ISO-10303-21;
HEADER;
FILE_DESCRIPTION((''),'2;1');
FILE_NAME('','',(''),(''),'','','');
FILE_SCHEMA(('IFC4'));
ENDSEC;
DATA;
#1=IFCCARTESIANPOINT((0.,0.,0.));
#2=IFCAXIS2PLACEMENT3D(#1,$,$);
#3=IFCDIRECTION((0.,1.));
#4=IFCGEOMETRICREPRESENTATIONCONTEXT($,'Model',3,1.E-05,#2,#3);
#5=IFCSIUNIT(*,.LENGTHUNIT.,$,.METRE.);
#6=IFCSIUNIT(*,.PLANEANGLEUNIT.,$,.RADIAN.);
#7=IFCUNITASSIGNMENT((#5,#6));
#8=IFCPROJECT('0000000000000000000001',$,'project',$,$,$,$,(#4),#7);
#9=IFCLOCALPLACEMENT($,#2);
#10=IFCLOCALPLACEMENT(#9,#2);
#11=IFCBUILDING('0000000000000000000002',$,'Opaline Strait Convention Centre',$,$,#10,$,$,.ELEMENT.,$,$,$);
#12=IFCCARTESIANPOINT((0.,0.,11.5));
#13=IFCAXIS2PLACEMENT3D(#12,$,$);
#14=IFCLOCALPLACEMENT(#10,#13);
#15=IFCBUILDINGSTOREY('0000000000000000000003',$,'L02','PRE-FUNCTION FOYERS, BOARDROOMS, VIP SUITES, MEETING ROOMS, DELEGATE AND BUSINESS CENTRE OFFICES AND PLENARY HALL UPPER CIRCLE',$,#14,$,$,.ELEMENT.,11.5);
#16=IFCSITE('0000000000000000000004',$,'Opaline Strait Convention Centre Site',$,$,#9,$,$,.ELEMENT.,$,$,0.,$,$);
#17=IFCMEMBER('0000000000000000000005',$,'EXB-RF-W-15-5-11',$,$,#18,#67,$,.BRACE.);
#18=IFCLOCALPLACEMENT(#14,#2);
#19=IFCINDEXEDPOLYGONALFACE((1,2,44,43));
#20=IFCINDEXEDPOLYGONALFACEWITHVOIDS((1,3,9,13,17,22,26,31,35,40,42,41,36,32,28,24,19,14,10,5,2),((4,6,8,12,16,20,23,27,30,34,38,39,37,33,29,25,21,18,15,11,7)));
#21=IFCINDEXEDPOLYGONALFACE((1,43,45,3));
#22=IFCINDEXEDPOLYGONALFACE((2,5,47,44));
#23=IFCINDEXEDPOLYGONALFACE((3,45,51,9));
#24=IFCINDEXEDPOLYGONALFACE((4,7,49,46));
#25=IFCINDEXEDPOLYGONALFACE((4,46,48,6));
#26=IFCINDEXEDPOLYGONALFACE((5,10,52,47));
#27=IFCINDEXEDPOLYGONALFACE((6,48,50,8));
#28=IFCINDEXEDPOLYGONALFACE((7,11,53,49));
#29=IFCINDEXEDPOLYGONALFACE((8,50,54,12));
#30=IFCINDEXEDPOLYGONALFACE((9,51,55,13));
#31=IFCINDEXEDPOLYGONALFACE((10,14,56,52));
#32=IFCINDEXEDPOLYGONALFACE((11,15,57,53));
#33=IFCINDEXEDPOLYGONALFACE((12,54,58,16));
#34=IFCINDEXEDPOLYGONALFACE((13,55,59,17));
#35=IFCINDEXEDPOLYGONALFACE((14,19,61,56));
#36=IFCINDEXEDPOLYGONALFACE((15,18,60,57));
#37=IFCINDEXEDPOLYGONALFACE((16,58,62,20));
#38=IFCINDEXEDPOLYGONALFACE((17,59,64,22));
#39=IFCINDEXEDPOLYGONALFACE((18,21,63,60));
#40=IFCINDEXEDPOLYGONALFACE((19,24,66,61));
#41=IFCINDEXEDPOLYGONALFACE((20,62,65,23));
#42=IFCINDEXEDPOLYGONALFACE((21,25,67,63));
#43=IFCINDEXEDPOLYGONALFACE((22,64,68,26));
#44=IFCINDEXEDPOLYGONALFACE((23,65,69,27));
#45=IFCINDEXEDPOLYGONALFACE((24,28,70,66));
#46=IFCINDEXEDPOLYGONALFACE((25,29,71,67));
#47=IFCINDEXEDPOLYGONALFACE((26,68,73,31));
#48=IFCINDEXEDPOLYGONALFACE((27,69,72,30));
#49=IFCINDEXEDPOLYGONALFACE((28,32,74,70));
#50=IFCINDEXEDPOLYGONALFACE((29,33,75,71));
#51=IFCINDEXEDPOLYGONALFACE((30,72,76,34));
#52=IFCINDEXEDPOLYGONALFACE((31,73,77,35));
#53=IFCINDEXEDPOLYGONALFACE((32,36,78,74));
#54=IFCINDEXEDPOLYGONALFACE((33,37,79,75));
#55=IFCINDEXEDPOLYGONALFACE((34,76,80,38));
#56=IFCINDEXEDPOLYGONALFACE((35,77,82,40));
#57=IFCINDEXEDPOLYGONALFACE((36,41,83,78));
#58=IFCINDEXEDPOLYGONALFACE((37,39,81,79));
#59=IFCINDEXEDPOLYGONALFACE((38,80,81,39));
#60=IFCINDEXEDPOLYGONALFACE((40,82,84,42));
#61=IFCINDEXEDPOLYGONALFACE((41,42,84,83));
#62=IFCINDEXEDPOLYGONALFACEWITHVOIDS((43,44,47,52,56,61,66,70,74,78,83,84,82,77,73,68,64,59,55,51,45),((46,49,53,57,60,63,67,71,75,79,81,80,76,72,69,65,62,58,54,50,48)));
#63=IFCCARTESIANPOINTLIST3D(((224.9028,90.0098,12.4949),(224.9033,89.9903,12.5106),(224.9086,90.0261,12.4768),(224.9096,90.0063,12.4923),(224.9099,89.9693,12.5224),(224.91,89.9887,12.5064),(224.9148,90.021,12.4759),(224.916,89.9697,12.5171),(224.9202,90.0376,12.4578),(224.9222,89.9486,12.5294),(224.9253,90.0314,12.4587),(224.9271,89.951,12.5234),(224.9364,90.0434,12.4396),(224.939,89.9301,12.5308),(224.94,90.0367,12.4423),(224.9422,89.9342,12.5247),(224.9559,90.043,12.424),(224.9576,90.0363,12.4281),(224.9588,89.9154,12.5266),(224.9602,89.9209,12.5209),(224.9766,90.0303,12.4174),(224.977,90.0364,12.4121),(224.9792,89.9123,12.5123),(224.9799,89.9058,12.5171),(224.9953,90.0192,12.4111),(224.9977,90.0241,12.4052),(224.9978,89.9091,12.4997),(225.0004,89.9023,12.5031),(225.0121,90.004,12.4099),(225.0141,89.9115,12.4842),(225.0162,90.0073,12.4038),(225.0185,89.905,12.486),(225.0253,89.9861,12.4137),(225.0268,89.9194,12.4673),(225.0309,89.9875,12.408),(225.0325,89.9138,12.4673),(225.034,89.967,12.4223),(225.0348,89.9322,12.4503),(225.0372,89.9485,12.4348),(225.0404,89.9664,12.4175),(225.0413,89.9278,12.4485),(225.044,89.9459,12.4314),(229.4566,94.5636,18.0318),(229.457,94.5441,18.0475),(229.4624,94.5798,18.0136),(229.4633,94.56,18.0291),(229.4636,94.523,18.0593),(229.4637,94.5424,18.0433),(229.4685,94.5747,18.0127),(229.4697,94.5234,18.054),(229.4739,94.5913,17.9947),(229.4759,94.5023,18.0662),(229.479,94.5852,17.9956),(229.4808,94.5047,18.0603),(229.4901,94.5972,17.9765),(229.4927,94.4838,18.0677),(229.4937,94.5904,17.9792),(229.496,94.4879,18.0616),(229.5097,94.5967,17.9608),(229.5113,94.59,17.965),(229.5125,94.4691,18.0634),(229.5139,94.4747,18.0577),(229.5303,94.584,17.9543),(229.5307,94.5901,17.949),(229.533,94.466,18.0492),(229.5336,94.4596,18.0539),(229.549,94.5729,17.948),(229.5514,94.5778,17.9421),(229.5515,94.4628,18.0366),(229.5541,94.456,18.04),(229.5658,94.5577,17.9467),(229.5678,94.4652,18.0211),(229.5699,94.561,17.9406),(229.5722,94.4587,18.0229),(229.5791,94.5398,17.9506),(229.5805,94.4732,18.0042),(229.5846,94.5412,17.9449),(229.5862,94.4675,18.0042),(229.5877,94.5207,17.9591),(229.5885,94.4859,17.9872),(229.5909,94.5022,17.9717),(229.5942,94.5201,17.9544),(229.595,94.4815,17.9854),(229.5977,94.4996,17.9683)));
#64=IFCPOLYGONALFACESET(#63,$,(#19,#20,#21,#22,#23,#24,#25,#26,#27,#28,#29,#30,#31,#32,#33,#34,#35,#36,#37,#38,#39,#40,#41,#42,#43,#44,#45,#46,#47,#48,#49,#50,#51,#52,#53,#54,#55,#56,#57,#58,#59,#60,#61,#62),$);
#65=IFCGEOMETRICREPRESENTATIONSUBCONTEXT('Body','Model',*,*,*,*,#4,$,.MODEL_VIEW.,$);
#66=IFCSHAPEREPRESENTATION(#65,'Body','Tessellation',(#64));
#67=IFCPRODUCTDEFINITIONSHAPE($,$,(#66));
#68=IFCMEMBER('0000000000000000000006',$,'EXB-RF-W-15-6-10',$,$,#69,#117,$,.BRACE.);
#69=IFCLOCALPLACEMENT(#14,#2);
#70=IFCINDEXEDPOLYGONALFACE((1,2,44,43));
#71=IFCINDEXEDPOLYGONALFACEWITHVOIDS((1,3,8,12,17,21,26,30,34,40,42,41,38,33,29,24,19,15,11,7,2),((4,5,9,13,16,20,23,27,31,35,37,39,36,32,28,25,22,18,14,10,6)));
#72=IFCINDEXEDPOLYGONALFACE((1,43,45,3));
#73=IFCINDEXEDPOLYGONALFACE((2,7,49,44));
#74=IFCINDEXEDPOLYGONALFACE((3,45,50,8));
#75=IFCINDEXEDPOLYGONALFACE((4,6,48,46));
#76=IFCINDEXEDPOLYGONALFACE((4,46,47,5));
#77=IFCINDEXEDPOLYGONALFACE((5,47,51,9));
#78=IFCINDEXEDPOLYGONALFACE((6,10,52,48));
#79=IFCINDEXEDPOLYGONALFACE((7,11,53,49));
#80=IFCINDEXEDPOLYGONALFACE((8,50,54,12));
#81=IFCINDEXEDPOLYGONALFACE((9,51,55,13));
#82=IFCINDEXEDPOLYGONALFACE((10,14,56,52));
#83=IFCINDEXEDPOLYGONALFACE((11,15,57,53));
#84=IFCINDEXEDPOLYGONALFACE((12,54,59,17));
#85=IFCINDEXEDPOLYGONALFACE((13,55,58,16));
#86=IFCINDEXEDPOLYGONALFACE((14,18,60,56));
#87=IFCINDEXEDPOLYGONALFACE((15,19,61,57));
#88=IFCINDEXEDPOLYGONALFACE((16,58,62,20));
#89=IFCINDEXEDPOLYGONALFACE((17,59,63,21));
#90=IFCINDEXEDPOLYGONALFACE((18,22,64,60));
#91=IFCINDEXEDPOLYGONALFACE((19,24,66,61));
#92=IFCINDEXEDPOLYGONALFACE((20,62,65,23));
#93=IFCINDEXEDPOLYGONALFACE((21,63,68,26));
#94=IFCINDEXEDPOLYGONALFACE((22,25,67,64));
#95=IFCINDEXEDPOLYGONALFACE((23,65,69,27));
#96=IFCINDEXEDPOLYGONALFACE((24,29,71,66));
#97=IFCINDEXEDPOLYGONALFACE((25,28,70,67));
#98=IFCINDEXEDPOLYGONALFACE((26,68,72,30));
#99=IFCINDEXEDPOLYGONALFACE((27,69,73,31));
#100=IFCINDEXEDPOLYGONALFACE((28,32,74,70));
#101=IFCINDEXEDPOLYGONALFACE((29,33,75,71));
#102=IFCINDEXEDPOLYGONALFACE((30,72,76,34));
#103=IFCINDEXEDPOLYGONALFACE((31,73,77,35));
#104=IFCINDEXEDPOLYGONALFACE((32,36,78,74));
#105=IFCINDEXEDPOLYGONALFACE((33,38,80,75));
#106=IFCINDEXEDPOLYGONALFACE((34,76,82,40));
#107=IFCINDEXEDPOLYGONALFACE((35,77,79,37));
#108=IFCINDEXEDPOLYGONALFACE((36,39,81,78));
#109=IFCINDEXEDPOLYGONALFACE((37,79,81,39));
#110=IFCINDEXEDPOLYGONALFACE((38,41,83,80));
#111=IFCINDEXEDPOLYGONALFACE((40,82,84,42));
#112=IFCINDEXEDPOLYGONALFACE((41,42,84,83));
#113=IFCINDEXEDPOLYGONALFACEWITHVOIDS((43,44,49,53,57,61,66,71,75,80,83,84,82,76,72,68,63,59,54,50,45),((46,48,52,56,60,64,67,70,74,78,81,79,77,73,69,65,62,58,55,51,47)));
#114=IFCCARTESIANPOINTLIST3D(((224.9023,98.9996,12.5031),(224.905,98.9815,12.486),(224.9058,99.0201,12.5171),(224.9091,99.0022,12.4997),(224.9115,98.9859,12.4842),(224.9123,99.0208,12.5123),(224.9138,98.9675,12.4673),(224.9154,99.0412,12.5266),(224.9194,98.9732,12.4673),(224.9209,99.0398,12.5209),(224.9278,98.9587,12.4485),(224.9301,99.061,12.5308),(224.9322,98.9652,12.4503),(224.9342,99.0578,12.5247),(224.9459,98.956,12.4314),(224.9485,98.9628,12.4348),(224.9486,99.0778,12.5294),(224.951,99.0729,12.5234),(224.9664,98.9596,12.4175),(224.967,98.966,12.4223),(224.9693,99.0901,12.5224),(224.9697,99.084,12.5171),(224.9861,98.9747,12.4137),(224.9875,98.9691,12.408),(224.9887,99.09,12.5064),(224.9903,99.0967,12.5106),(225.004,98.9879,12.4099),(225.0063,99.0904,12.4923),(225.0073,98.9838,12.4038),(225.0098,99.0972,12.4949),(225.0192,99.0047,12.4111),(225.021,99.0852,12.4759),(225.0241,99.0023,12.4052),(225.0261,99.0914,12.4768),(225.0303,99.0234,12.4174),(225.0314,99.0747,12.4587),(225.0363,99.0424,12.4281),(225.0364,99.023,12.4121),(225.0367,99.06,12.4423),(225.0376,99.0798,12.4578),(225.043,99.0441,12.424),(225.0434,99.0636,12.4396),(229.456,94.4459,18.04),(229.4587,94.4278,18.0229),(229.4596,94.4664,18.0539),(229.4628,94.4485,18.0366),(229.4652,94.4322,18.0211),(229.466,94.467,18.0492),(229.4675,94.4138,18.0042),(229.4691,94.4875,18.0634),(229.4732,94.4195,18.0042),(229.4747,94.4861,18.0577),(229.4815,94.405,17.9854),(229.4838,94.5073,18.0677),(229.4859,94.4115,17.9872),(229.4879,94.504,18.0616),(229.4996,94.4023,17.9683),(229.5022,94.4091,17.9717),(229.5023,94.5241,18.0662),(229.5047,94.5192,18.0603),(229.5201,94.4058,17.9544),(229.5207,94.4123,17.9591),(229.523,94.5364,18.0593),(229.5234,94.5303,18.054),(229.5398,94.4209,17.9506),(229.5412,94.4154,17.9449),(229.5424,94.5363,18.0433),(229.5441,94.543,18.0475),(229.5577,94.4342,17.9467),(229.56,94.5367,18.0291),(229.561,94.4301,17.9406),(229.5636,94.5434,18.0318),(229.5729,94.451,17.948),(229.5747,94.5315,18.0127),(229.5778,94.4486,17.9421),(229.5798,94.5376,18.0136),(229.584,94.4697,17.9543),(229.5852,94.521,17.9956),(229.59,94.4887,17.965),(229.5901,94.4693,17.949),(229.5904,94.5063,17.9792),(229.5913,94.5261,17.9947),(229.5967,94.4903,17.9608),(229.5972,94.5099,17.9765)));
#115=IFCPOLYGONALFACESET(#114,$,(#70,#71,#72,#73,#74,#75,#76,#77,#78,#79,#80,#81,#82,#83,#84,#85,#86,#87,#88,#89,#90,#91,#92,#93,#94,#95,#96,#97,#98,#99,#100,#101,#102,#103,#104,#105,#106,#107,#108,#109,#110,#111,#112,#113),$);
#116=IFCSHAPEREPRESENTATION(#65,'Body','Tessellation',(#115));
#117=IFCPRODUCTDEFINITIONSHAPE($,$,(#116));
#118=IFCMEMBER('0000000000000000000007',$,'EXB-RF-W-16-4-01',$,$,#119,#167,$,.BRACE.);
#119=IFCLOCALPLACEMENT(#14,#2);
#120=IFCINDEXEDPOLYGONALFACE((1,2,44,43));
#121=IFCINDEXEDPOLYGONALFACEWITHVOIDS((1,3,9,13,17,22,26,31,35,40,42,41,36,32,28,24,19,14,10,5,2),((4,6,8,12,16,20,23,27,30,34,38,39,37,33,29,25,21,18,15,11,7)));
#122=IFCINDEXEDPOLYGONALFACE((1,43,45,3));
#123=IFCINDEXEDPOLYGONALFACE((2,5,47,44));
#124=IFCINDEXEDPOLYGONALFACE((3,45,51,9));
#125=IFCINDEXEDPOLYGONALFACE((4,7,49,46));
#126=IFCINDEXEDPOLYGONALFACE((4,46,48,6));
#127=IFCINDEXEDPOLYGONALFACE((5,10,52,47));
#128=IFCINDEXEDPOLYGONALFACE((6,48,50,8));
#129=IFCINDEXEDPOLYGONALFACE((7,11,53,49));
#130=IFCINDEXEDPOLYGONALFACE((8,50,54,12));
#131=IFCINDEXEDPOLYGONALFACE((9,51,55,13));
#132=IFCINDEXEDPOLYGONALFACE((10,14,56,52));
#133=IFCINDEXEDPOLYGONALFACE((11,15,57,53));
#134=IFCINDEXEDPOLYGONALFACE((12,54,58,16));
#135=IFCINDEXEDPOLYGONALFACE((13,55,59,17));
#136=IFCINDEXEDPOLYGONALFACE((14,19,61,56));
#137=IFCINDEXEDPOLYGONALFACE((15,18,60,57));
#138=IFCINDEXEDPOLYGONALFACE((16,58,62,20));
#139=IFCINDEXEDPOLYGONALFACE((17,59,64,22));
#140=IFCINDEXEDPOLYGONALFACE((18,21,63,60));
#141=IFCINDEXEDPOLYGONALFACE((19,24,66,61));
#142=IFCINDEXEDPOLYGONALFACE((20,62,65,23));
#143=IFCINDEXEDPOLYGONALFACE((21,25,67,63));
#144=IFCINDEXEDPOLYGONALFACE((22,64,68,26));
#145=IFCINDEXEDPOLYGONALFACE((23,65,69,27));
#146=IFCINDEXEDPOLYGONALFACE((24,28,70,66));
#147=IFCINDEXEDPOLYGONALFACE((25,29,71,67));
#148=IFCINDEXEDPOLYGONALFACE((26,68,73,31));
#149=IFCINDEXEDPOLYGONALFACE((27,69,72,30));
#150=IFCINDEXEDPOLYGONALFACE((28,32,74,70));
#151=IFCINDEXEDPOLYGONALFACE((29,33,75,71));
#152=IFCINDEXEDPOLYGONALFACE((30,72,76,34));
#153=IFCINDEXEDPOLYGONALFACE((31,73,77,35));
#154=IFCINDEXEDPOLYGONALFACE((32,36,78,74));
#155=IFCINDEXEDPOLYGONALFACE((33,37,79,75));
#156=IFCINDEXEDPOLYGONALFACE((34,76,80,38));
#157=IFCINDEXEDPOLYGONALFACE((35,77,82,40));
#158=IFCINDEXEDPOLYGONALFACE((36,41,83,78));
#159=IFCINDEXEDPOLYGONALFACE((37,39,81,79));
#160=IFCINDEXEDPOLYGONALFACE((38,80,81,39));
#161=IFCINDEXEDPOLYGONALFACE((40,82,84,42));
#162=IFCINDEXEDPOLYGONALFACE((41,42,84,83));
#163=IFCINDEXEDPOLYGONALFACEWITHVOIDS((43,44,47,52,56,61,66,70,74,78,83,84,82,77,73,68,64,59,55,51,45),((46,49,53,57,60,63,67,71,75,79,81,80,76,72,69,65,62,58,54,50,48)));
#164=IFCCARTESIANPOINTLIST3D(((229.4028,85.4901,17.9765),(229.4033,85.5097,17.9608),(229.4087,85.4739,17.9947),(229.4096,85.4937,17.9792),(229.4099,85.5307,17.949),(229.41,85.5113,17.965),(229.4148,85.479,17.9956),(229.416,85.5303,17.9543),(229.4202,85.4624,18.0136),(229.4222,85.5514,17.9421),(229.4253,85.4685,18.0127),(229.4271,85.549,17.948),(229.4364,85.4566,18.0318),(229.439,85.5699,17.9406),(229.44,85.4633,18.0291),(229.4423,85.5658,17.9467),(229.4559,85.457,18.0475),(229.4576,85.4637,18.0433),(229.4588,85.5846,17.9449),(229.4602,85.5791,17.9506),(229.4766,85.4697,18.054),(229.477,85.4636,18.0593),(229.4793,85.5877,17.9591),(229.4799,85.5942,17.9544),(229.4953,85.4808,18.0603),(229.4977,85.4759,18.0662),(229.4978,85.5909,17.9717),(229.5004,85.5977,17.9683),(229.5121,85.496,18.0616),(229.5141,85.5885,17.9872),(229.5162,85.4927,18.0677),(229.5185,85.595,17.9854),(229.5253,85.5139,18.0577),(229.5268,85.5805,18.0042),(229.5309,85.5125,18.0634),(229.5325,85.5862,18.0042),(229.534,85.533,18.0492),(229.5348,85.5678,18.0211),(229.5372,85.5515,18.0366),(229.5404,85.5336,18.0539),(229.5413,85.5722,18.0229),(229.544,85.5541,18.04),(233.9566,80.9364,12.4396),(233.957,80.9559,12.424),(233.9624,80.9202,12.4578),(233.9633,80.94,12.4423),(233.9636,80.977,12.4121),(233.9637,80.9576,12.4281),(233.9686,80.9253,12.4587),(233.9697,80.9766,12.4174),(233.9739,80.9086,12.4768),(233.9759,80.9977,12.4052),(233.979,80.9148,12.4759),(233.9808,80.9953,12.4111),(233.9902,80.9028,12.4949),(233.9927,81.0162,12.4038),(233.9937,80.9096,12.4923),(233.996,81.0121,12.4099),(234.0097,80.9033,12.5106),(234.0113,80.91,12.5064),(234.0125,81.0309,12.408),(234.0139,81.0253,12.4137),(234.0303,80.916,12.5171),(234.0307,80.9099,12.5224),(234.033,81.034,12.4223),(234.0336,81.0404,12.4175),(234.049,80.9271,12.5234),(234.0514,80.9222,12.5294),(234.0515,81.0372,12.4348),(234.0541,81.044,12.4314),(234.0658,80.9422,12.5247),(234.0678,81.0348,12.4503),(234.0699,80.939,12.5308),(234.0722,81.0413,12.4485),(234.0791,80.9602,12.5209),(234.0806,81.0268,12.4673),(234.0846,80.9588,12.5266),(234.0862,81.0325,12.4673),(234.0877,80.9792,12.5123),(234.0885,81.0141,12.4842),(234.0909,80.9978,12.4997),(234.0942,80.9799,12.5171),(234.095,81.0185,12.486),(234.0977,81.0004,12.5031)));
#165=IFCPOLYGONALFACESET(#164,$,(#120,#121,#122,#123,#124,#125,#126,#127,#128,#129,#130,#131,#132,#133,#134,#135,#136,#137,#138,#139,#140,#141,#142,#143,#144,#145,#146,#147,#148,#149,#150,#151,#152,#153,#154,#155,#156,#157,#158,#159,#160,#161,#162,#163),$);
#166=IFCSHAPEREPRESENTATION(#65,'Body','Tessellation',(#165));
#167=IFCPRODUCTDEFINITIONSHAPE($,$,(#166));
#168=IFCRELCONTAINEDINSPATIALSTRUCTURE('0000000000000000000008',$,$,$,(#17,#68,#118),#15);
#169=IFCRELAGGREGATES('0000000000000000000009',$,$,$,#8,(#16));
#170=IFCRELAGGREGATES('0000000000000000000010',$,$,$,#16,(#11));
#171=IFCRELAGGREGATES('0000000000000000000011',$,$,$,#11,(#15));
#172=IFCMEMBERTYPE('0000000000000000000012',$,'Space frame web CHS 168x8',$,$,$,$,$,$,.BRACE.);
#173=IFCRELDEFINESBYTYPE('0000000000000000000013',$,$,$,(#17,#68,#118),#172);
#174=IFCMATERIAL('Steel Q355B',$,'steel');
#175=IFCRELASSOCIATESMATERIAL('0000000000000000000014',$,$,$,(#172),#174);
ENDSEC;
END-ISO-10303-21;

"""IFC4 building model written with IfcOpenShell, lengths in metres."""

from ifc_helpers import new_model, si_unit, direction, frame, origin, origin_2d, place, context, subcontext, project, spatial, hollow_circle, extrude, material, material_profile, profile_set, type_object, element, save


model = new_model("IFC4")

# Units and contexts
model_context = context("Model", 3, precision=1e-05, world=origin(), true_north=direction((0.0, 1.0)))
body_context = subcontext(model_context, "Body", "Model", "MODEL_VIEW")
ifc_project = project(units=[si_unit("LENGTHUNIT", "METRE"), si_unit("PLANEANGLEUNIT", "RADIAN")], contexts=[model_context])

# Site, building, storey
site_placement = place(None, origin())
site = spatial("IfcSite", under=ifc_project, at=site_placement, Name="Opaline Strait Convention Centre Site", CompositionType="ELEMENT", RefElevation=0.0)
building_placement = place(site_placement, origin())
building = spatial("IfcBuilding", under=site, at=building_placement, Name="Opaline Strait Convention Centre", CompositionType="ELEMENT")
storey_placement = place(building_placement, frame((0.0, 0.0, 11.5)))
storey = spatial("IfcBuildingStorey", under=building, at=storey_placement, Name="L02", Description="PRE-FUNCTION FOYERS, BOARDROOMS, VIP SUITES, MEETING ROOMS, DELEGATE AND BUSINESS CENTRE OFFICES AND PLENARY HALL UPPER CIRCLE", CompositionType="ELEMENT", Elevation=11.5)

# Members
ifc_material = material(Name="Steel Q355B", Category="steel")
ifc_material_profile_1 = material_profile(ifc_material, hollow_circle(Radius=0.084, WallThickness=0.0081, at=origin_2d()), Name="CHS 168x8")
ifc_profile_set_1 = profile_set([ifc_material_profile_1], Name="Steel Q355B")
member_type_1 = type_object("IfcMemberType", Name="Space frame web CHS 168x8", PredefinedType="BRACE", material=ifc_profile_set_1)
for number, where, z_axis, x_axis, name in (
    (1, (229.5269, 94.5269, 18.0042), (-0.536178, -0.536178, -0.65194), (0.707107, -0.707107, 0.0), "EXB-RF-W-15-5-11"),
    (2, (229.5269, 94.4731, 18.0042), (-0.536178, 0.536178, -0.65194), (-0.707107, -0.707107, 0.0), "EXB-RF-W-15-6-10"),
    (3, (229.4731, 85.5269, 18.0042), (0.536178, -0.536178, -0.65194), (0.707107, 0.707107, 0.0), "EXB-RF-W-16-4-01"),
):
    element("IfcMember", number, at=place(storey_placement, frame(where, z_axis=z_axis, x_axis=x_axis)), inside=storey, type_object=member_type_1, Name=name, PredefinedType="BRACE", context=body_context, shape_type="SweptSolid", body=[
        extrude(hollow_circle(Radius=0.084, WallThickness=0.0081, at=origin_2d()), origin(), (0.0, 0.0, 1.0), 8.4929),
    ])

save(model, "model.ifc")
